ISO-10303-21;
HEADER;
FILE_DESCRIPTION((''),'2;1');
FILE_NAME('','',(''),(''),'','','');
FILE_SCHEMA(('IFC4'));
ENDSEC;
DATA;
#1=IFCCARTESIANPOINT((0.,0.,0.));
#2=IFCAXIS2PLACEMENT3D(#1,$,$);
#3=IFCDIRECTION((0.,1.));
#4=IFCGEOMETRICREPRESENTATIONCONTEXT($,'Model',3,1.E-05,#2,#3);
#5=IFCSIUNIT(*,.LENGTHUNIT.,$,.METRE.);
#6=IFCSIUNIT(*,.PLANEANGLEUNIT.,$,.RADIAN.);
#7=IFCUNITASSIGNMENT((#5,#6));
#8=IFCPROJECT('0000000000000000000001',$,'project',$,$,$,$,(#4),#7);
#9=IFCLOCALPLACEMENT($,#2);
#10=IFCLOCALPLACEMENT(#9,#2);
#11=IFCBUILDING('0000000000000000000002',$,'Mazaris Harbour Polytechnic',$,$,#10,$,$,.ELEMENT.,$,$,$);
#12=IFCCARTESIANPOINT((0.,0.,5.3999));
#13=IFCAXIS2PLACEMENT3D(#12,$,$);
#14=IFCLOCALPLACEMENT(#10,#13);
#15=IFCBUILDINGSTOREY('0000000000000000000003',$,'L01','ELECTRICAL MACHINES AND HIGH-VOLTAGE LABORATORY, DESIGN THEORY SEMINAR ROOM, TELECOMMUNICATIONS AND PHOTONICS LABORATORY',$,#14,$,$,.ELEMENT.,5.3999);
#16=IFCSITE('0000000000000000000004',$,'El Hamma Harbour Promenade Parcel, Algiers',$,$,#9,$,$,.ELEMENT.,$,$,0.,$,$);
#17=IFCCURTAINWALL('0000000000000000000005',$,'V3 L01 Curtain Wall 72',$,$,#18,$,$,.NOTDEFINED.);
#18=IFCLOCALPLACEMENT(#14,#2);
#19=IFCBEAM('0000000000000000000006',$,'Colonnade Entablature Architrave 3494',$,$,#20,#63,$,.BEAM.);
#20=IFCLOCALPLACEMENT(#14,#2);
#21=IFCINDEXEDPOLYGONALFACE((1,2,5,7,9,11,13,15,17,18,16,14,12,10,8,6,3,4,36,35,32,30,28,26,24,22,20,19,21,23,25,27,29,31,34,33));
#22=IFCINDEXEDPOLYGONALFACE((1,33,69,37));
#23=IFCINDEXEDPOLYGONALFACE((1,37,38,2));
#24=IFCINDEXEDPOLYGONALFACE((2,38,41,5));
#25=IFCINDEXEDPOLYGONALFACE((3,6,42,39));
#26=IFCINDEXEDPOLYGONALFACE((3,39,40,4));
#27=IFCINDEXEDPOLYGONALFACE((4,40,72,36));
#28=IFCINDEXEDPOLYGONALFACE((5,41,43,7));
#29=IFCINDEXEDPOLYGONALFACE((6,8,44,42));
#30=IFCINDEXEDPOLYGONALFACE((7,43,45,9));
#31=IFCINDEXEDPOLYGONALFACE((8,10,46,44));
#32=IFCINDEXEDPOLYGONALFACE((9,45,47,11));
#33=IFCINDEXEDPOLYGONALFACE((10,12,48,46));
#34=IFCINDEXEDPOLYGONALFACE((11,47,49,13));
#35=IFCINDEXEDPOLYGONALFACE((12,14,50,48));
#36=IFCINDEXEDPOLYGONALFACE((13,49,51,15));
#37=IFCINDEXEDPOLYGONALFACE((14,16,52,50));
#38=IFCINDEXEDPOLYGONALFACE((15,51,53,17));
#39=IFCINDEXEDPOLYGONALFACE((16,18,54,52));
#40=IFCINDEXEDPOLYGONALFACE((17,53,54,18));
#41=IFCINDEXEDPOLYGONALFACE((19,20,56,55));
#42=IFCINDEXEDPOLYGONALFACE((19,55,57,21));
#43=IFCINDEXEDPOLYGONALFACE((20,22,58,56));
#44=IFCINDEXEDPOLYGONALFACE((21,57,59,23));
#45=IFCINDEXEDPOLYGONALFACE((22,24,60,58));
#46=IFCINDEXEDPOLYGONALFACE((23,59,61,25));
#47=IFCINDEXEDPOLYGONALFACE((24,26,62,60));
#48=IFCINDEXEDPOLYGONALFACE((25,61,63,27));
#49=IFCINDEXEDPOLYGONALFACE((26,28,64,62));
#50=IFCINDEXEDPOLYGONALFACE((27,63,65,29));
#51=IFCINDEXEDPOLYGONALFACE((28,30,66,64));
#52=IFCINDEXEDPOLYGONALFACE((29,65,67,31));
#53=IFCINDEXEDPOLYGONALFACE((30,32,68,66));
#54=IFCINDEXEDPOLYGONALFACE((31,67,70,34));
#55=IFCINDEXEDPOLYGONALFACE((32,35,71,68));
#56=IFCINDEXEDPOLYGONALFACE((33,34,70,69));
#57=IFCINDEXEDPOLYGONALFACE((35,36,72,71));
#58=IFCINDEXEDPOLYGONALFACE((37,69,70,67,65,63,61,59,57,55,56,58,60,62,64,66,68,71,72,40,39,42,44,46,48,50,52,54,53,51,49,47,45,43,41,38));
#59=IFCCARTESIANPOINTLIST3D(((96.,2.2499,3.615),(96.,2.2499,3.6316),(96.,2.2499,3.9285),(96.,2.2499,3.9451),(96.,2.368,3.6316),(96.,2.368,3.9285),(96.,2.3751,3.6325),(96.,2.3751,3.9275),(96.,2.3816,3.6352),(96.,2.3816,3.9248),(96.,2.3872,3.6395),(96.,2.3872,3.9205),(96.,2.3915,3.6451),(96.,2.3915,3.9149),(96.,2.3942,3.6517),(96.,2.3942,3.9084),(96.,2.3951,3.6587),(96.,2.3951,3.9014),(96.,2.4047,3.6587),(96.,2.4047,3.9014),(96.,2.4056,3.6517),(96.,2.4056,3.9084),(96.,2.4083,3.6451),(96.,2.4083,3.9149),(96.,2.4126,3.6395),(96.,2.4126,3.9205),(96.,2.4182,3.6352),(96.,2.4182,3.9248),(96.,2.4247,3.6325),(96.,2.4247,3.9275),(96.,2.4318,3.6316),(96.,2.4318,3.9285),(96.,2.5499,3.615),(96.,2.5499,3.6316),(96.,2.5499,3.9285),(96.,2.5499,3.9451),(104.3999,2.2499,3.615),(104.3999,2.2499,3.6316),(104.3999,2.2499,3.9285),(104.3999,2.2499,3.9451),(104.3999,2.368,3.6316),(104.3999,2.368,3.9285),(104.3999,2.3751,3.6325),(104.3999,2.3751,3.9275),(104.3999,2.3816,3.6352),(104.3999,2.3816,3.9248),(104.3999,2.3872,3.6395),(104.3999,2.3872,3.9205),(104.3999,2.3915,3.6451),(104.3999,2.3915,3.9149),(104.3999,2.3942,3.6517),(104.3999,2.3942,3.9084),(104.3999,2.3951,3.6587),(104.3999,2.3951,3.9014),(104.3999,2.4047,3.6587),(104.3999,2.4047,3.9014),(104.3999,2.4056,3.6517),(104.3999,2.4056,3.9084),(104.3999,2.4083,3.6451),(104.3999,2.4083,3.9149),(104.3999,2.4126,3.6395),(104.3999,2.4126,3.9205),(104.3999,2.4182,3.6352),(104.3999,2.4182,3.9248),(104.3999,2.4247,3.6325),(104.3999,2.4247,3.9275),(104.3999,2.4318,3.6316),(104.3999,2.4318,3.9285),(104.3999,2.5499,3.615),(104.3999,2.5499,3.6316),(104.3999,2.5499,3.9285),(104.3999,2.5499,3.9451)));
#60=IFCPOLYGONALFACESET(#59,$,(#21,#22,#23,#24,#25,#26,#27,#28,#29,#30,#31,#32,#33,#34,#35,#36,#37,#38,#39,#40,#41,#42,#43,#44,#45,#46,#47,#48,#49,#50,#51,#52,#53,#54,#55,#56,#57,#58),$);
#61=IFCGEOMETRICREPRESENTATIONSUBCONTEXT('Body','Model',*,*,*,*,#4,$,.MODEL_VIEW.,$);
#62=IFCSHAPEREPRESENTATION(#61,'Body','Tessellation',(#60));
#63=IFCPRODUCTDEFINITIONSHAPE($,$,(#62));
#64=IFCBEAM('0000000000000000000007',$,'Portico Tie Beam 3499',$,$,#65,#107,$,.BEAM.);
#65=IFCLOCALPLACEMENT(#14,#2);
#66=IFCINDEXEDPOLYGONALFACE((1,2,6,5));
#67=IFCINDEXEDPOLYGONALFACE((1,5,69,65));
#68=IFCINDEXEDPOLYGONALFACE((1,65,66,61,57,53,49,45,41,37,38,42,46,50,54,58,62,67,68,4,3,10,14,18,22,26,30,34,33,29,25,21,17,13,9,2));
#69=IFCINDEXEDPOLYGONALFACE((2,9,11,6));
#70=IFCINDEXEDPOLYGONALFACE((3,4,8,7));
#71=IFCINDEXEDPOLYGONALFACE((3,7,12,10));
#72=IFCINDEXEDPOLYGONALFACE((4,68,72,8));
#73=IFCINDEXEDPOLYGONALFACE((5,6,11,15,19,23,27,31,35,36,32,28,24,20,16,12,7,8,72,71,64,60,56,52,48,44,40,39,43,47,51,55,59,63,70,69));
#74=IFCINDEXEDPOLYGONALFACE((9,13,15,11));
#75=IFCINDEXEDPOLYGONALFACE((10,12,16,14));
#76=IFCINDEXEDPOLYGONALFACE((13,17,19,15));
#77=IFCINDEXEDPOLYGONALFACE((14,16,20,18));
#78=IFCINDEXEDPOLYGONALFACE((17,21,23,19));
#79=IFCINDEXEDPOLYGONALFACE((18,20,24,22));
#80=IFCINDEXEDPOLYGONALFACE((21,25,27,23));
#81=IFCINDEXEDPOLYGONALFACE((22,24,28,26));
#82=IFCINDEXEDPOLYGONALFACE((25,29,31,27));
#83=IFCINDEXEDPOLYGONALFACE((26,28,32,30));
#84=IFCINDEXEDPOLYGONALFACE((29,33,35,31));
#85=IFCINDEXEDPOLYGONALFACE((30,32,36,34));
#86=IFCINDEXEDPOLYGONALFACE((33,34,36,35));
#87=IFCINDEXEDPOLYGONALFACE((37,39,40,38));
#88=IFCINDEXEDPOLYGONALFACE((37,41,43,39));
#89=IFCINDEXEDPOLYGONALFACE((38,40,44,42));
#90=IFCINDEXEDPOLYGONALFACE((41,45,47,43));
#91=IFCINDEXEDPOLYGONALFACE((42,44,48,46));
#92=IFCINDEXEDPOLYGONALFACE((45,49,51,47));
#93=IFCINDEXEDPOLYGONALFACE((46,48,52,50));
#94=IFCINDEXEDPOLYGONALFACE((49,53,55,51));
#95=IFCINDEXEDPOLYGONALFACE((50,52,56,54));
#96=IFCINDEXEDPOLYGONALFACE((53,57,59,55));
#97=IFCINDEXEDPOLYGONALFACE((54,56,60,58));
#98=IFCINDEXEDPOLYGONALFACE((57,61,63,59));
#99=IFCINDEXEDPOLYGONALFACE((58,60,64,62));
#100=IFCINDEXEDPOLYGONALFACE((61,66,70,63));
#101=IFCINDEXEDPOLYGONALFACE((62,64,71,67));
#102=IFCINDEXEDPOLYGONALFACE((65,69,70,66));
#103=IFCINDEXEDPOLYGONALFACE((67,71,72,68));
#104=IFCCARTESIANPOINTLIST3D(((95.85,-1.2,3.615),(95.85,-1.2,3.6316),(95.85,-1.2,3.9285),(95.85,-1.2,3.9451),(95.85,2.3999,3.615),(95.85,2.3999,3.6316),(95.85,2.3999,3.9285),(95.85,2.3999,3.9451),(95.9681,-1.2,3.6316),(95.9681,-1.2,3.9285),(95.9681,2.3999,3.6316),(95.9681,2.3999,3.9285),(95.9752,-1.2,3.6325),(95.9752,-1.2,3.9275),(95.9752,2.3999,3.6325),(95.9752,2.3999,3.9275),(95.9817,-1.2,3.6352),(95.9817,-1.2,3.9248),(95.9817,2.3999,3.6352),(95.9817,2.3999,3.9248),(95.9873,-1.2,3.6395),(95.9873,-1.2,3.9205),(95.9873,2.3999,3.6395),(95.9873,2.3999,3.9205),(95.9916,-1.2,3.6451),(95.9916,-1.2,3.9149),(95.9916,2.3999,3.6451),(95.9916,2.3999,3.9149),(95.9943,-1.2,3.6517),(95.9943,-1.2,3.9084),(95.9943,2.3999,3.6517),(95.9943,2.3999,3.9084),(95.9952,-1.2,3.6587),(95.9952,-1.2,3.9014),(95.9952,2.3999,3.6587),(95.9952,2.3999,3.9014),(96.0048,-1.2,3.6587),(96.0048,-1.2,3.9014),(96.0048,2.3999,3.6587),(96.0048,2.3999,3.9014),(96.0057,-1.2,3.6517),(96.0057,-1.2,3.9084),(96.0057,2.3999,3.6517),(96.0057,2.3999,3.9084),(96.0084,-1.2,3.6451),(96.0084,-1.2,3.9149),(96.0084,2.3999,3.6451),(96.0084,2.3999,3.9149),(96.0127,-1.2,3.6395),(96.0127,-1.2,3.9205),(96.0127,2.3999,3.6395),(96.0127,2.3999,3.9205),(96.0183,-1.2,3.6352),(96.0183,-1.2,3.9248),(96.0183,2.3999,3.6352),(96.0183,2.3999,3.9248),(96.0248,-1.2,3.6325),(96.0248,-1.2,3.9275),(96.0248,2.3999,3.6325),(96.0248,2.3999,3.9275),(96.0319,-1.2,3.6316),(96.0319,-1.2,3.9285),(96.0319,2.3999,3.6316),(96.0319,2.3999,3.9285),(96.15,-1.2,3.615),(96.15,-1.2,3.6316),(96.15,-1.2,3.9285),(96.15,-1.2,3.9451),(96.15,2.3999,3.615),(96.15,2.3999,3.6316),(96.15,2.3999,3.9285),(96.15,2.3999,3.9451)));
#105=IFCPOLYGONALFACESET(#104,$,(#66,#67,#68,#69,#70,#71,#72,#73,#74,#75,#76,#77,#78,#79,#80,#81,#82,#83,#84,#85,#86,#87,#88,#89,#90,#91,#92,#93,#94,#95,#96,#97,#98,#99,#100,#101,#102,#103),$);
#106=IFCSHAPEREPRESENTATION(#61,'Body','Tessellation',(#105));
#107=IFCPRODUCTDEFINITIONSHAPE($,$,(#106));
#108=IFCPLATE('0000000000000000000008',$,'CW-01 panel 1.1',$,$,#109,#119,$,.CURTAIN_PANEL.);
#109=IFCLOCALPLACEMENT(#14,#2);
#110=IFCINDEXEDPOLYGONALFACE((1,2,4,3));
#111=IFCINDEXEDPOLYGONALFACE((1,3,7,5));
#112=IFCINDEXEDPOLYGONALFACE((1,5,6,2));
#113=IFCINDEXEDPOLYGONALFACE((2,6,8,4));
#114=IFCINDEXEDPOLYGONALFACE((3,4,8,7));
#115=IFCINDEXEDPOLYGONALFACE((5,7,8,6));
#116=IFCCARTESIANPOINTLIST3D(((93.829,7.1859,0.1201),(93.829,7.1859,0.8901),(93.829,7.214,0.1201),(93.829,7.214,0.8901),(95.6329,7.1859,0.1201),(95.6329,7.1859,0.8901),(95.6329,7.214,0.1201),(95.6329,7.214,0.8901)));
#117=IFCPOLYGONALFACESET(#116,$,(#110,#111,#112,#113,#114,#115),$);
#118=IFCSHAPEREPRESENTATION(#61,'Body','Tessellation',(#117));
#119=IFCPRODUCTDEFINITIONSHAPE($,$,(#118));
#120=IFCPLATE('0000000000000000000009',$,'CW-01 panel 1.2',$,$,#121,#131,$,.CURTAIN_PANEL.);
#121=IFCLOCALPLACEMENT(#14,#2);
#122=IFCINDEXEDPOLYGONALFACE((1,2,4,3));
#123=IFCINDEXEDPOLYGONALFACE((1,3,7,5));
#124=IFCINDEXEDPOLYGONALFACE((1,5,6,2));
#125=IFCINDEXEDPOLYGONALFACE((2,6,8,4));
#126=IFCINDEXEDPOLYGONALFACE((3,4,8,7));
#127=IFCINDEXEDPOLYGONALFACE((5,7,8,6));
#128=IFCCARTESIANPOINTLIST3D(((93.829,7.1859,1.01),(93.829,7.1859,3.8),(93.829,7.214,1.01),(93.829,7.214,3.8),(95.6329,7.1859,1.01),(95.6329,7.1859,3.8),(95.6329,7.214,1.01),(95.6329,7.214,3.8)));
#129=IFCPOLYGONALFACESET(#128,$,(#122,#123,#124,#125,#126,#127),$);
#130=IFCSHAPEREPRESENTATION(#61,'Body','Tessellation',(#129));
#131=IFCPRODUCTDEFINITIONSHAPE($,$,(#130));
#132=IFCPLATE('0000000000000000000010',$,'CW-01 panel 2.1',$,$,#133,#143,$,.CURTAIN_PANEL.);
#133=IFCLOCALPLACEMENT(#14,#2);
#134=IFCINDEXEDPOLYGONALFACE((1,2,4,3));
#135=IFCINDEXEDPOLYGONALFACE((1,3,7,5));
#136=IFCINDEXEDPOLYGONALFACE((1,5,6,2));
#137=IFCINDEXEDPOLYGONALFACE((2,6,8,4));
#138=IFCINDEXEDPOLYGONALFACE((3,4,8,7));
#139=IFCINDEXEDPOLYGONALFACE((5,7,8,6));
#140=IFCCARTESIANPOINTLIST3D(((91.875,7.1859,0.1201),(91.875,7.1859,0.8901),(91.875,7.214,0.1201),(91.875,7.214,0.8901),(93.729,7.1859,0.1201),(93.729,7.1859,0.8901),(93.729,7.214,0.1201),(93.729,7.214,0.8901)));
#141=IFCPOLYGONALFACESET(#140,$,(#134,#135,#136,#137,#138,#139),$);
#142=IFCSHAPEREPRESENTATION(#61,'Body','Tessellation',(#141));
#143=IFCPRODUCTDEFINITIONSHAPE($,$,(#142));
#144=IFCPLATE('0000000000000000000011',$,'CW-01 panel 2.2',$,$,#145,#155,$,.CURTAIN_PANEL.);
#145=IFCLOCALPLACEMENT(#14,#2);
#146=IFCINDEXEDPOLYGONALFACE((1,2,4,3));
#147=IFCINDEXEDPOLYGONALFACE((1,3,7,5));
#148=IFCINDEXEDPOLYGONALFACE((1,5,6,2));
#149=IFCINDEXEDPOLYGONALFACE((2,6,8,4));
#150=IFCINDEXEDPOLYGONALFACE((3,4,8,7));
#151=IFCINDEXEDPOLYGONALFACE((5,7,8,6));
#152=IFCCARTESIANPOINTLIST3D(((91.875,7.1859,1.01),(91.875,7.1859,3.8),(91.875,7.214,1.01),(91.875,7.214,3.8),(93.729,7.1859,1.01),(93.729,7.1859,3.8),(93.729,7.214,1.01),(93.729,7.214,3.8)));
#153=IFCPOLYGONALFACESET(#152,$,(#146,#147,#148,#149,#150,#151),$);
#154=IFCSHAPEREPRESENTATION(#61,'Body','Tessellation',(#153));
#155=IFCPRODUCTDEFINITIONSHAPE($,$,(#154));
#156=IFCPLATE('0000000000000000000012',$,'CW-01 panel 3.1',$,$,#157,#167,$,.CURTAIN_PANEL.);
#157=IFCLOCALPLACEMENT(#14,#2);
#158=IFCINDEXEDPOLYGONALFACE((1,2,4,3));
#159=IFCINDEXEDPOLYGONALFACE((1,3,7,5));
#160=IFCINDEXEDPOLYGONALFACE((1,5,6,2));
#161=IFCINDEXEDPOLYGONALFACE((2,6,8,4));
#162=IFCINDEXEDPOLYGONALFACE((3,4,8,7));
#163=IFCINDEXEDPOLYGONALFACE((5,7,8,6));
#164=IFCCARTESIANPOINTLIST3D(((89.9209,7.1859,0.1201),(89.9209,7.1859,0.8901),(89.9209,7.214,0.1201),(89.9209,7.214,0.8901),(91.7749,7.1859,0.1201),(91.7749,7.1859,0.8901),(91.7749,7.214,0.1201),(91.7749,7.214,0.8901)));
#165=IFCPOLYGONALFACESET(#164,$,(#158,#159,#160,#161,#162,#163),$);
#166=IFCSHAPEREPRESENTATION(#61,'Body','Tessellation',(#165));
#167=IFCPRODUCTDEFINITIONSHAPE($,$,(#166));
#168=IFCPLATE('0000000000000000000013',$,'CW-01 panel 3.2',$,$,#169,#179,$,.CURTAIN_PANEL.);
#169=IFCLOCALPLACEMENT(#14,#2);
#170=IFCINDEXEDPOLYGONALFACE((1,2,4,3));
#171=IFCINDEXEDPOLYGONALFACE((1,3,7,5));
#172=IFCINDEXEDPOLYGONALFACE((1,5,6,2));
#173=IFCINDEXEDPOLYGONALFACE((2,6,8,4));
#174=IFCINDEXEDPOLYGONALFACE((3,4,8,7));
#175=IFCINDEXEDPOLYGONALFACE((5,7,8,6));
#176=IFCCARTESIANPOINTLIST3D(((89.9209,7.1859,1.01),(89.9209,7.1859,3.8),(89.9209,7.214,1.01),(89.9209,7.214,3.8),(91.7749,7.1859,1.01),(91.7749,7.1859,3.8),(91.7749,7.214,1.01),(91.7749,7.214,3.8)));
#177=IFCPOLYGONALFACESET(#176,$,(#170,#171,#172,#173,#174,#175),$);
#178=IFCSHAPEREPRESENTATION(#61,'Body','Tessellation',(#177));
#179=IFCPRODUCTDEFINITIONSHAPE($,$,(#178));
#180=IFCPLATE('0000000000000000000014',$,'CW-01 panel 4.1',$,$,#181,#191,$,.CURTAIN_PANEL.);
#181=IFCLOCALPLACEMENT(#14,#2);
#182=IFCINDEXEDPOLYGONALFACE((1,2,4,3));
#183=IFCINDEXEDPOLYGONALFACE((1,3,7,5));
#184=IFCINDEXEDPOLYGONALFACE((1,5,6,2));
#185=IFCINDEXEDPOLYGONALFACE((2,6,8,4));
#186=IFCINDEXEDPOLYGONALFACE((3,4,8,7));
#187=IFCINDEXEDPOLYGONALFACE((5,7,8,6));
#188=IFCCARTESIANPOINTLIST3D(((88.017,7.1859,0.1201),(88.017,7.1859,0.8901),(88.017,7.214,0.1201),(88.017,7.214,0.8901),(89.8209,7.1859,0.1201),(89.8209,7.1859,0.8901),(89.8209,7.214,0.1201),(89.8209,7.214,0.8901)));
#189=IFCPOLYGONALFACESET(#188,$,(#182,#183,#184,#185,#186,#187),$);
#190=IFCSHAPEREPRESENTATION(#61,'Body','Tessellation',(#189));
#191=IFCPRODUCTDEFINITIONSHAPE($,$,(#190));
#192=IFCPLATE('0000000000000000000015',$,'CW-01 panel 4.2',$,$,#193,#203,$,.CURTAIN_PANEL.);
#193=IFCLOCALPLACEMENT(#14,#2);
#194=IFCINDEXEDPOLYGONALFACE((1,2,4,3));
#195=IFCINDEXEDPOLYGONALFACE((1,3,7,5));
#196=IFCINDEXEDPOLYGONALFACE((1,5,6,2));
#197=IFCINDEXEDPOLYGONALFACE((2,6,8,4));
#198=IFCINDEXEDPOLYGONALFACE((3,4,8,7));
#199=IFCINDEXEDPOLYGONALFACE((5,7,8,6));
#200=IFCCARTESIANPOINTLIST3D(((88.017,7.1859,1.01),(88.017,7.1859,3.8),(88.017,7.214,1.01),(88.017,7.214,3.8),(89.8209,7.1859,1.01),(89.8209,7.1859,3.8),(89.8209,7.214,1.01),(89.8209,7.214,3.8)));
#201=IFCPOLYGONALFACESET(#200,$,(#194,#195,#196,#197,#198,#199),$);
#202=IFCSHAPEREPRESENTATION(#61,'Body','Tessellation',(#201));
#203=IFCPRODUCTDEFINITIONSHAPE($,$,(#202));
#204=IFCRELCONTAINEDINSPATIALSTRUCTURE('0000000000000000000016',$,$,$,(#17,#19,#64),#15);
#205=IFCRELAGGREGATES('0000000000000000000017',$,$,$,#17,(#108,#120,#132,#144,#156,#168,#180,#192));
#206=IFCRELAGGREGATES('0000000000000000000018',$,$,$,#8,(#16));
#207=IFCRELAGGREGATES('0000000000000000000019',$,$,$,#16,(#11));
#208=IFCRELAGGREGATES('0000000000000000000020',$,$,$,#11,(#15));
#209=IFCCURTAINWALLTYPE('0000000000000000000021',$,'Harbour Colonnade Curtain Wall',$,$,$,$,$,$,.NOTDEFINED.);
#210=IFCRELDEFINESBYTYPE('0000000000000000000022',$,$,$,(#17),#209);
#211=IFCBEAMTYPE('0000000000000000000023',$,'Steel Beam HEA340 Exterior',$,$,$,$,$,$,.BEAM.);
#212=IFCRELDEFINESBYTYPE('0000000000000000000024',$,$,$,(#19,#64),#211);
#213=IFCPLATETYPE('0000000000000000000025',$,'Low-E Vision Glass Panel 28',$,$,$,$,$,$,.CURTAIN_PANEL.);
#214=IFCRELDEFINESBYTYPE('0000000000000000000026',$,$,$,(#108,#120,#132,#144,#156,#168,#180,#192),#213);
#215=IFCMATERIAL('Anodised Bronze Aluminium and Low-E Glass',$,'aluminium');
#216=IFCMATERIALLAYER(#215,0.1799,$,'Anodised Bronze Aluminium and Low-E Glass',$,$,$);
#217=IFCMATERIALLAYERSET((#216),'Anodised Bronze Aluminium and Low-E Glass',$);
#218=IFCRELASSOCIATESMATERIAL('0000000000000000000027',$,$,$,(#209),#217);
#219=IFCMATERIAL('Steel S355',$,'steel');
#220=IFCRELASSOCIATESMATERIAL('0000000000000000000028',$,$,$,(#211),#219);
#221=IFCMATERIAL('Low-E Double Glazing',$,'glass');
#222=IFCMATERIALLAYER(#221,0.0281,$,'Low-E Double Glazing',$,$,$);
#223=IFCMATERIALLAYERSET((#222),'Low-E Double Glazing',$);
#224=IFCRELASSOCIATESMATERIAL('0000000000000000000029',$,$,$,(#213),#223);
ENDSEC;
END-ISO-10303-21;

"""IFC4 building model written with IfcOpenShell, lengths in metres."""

from ifc_helpers import new_model, si_unit, direction, frame, origin, origin_2d, place, context, subcontext, project, spatial, rectangle, i_section, extrude, material, layer, layer_set, material_profile, profile_set, type_object, element, aggregate, save


model = new_model("IFC4")

# Units and contexts
model_context = context("Model", 3, precision=1e-05, world=origin(), true_north=direction((0.0, 1.0)))
body_context = subcontext(model_context, "Body", "Model", "MODEL_VIEW")
ifc_project = project(units=[si_unit("LENGTHUNIT", "METRE"), si_unit("PLANEANGLEUNIT", "RADIAN")], contexts=[model_context])

# Site, building, storey
site_placement = place(None, origin())
site = spatial("IfcSite", under=ifc_project, at=site_placement, Name="El Hamma Harbour Promenade Parcel, Algiers", CompositionType="ELEMENT", RefElevation=0.0)
building_placement = place(site_placement, origin())
building = spatial("IfcBuilding", under=site, at=building_placement, Name="Mazaris Harbour Polytechnic", CompositionType="ELEMENT")
storey_placement = place(building_placement, frame((0.0, 0.0, 5.3999)))
storey = spatial("IfcBuildingStorey", under=building, at=storey_placement, Name="L01", Description="ELECTRICAL MACHINES AND HIGH-VOLTAGE LABORATORY, DESIGN THEORY SEMINAR ROOM, TELECOMMUNICATIONS AND PHOTONICS LABORATORY", CompositionType="ELEMENT", Elevation=5.3999)

# Curtain wall
ifc_material_1 = material(Name="Anodised Bronze Aluminium and Low-E Glass", Category="aluminium")
ifc_layer_1 = layer(ifc_material_1, 0.1799, Name="Anodised Bronze Aluminium and Low-E Glass")
ifc_layer_set_1 = layer_set([ifc_layer_1], Name="Anodised Bronze Aluminium and Low-E Glass")
curtain_wall_type = type_object("IfcCurtainWallType", Name="Harbour Colonnade Curtain Wall", PredefinedType="NOTDEFINED", material=ifc_layer_set_1)
curtain_wall_1_placement = place(storey_placement, origin())
curtain_wall_1 = element("IfcCurtainWall", 1, at=curtain_wall_1_placement, inside=storey, type_object=curtain_wall_type, Name="V3 L01 Curtain Wall 72", PredefinedType="NOTDEFINED")

# Beams
ifc_material_2 = material(Name="Steel S355", Category="steel")
ifc_material_profile_1 = material_profile(ifc_material_2, i_section(OverallWidth=0.3, OverallDepth=0.3301, WebThickness=0.0095, FlangeThickness=0.0166, FilletRadius=0.0271, at=origin_2d()), Name="HEA 340")
ifc_profile_set_1 = profile_set([ifc_material_profile_1], Name="Steel S355")
beam_type = type_object("IfcBeamType", Name="Steel Beam HEA340 Exterior", PredefinedType="BEAM", material=ifc_profile_set_1)
beam_1_placement = place(storey_placement, frame((96.0, 2.3999, 3.78), z_axis=(1.0, 0.0, 0.0), x_axis=(0.0, 1.0, 0.0)))
element("IfcBeam", 2, at=beam_1_placement, inside=storey, type_object=beam_type, Name="Colonnade Entablature Architrave 3494", PredefinedType="BEAM", context=body_context, shape_type="SweptSolid", body=[
    extrude(i_section(OverallWidth=0.3, OverallDepth=0.3301, WebThickness=0.0095, FlangeThickness=0.0166, FilletRadius=0.0271, at=origin_2d()), origin(), (0.0, 0.0, 1.0), 8.3999),
])
beam_2_placement = place(storey_placement, frame((96.0, -1.2, 3.78), z_axis=(0.0, 1.0, 0.0), x_axis=(-1.0, 0.0, 0.0)))
element("IfcBeam", 3, at=beam_2_placement, inside=storey, type_object=beam_type, Name="Portico Tie Beam 3499", PredefinedType="BEAM", context=body_context, shape_type="SweptSolid", body=[
    extrude(i_section(OverallWidth=0.3, OverallDepth=0.3301, WebThickness=0.0095, FlangeThickness=0.0166, FilletRadius=0.0271, at=origin_2d()), origin(), (0.0, 0.0, 1.0), 3.5999),
])

# Plates
ifc_material_3 = material(Name="Low-E Double Glazing", Category="glass")
ifc_layer_2 = layer(ifc_material_3, 0.0281, Name="Low-E Double Glazing")
ifc_layer_set_2 = layer_set([ifc_layer_2], Name="Low-E Double Glazing")
plate_type = type_object("IfcPlateType", Name="Low-E Vision Glass Panel 28", PredefinedType="CURTAIN_PANEL", material=ifc_layer_set_2)
plate_1_placement = place(storey_placement, frame((94.731, 7.2, 0.1201), z_axis=(0.0, 0.0, 1.0), x_axis=(-1.0, 0.0, 0.0)))
plate_1 = element("IfcPlate", 4, at=plate_1_placement, type_object=plate_type, Name="CW-01 panel 1.1", PredefinedType="CURTAIN_PANEL", context=body_context, shape_type="SweptSolid", body=[
    extrude(rectangle(XDim=1.804, YDim=0.0281, at=origin_2d()), origin(), (0.0, 0.0, 1.0), 0.77),
])
plate_2_placement = place(storey_placement, frame((94.731, 7.2, 1.01), z_axis=(0.0, 0.0, 1.0), x_axis=(-1.0, 0.0, 0.0)))
plate_2 = element("IfcPlate", 5, at=plate_2_placement, type_object=plate_type, Name="CW-01 panel 1.2", PredefinedType="CURTAIN_PANEL", context=body_context, shape_type="SweptSolid", body=[
    extrude(rectangle(XDim=1.804, YDim=0.0281, at=origin_2d()), origin(), (0.0, 0.0, 1.0), 2.79),
])
plate_3_placement = place(storey_placement, frame((92.802, 7.2, 0.1201), z_axis=(0.0, 0.0, 1.0), x_axis=(-1.0, 0.0, 0.0)))
plate_3 = element("IfcPlate", 6, at=plate_3_placement, type_object=plate_type, Name="CW-01 panel 2.1", PredefinedType="CURTAIN_PANEL", context=body_context, shape_type="SweptSolid", body=[
    extrude(rectangle(XDim=1.854, YDim=0.0281, at=origin_2d()), origin(), (0.0, 0.0, 1.0), 0.77),
])
plate_4_placement = place(storey_placement, frame((92.802, 7.2, 1.01), z_axis=(0.0, 0.0, 1.0), x_axis=(-1.0, 0.0, 0.0)))
plate_4 = element("IfcPlate", 7, at=plate_4_placement, type_object=plate_type, Name="CW-01 panel 2.2", PredefinedType="CURTAIN_PANEL", context=body_context, shape_type="SweptSolid", body=[
    extrude(rectangle(XDim=1.854, YDim=0.0281, at=origin_2d()), origin(), (0.0, 0.0, 1.0), 2.79),
])
plate_5_placement = place(storey_placement, frame((90.8479, 7.2, 0.1201), z_axis=(0.0, 0.0, 1.0), x_axis=(-1.0, 0.0, 0.0)))
plate_5 = element("IfcPlate", 8, at=plate_5_placement, type_object=plate_type, Name="CW-01 panel 3.1", PredefinedType="CURTAIN_PANEL", context=body_context, shape_type="SweptSolid", body=[
    extrude(rectangle(XDim=1.854, YDim=0.0281, at=origin_2d()), origin(), (0.0, 0.0, 1.0), 0.77),
])
plate_6_placement = place(storey_placement, frame((90.8479, 7.2, 1.01), z_axis=(0.0, 0.0, 1.0), x_axis=(-1.0, 0.0, 0.0)))
plate_6 = element("IfcPlate", 9, at=plate_6_placement, type_object=plate_type, Name="CW-01 panel 3.2", PredefinedType="CURTAIN_PANEL", context=body_context, shape_type="SweptSolid", body=[
    extrude(rectangle(XDim=1.854, YDim=0.0281, at=origin_2d()), origin(), (0.0, 0.0, 1.0), 2.79),
])
plate_7_placement = place(storey_placement, frame((88.9189, 7.2, 0.1201), z_axis=(0.0, 0.0, 1.0), x_axis=(-1.0, 0.0, 0.0)))
plate_7 = element("IfcPlate", 10, at=plate_7_placement, type_object=plate_type, Name="CW-01 panel 4.1", PredefinedType="CURTAIN_PANEL", context=body_context, shape_type="SweptSolid", body=[
    extrude(rectangle(XDim=1.804, YDim=0.0281, at=origin_2d()), origin(), (0.0, 0.0, 1.0), 0.77),
])
plate_8_placement = place(storey_placement, frame((88.9189, 7.2, 1.01), z_axis=(0.0, 0.0, 1.0), x_axis=(-1.0, 0.0, 0.0)))
plate_8 = element("IfcPlate", 11, at=plate_8_placement, type_object=plate_type, Name="CW-01 panel 4.2", PredefinedType="CURTAIN_PANEL", context=body_context, shape_type="SweptSolid", body=[
    extrude(rectangle(XDim=1.804, YDim=0.0281, at=origin_2d()), origin(), (0.0, 0.0, 1.0), 2.79),
])
aggregate(curtain_wall_1, [plate_1, plate_2, plate_3, plate_4, plate_5, plate_6, plate_7, plate_8])

save(model, "model.ifc")
